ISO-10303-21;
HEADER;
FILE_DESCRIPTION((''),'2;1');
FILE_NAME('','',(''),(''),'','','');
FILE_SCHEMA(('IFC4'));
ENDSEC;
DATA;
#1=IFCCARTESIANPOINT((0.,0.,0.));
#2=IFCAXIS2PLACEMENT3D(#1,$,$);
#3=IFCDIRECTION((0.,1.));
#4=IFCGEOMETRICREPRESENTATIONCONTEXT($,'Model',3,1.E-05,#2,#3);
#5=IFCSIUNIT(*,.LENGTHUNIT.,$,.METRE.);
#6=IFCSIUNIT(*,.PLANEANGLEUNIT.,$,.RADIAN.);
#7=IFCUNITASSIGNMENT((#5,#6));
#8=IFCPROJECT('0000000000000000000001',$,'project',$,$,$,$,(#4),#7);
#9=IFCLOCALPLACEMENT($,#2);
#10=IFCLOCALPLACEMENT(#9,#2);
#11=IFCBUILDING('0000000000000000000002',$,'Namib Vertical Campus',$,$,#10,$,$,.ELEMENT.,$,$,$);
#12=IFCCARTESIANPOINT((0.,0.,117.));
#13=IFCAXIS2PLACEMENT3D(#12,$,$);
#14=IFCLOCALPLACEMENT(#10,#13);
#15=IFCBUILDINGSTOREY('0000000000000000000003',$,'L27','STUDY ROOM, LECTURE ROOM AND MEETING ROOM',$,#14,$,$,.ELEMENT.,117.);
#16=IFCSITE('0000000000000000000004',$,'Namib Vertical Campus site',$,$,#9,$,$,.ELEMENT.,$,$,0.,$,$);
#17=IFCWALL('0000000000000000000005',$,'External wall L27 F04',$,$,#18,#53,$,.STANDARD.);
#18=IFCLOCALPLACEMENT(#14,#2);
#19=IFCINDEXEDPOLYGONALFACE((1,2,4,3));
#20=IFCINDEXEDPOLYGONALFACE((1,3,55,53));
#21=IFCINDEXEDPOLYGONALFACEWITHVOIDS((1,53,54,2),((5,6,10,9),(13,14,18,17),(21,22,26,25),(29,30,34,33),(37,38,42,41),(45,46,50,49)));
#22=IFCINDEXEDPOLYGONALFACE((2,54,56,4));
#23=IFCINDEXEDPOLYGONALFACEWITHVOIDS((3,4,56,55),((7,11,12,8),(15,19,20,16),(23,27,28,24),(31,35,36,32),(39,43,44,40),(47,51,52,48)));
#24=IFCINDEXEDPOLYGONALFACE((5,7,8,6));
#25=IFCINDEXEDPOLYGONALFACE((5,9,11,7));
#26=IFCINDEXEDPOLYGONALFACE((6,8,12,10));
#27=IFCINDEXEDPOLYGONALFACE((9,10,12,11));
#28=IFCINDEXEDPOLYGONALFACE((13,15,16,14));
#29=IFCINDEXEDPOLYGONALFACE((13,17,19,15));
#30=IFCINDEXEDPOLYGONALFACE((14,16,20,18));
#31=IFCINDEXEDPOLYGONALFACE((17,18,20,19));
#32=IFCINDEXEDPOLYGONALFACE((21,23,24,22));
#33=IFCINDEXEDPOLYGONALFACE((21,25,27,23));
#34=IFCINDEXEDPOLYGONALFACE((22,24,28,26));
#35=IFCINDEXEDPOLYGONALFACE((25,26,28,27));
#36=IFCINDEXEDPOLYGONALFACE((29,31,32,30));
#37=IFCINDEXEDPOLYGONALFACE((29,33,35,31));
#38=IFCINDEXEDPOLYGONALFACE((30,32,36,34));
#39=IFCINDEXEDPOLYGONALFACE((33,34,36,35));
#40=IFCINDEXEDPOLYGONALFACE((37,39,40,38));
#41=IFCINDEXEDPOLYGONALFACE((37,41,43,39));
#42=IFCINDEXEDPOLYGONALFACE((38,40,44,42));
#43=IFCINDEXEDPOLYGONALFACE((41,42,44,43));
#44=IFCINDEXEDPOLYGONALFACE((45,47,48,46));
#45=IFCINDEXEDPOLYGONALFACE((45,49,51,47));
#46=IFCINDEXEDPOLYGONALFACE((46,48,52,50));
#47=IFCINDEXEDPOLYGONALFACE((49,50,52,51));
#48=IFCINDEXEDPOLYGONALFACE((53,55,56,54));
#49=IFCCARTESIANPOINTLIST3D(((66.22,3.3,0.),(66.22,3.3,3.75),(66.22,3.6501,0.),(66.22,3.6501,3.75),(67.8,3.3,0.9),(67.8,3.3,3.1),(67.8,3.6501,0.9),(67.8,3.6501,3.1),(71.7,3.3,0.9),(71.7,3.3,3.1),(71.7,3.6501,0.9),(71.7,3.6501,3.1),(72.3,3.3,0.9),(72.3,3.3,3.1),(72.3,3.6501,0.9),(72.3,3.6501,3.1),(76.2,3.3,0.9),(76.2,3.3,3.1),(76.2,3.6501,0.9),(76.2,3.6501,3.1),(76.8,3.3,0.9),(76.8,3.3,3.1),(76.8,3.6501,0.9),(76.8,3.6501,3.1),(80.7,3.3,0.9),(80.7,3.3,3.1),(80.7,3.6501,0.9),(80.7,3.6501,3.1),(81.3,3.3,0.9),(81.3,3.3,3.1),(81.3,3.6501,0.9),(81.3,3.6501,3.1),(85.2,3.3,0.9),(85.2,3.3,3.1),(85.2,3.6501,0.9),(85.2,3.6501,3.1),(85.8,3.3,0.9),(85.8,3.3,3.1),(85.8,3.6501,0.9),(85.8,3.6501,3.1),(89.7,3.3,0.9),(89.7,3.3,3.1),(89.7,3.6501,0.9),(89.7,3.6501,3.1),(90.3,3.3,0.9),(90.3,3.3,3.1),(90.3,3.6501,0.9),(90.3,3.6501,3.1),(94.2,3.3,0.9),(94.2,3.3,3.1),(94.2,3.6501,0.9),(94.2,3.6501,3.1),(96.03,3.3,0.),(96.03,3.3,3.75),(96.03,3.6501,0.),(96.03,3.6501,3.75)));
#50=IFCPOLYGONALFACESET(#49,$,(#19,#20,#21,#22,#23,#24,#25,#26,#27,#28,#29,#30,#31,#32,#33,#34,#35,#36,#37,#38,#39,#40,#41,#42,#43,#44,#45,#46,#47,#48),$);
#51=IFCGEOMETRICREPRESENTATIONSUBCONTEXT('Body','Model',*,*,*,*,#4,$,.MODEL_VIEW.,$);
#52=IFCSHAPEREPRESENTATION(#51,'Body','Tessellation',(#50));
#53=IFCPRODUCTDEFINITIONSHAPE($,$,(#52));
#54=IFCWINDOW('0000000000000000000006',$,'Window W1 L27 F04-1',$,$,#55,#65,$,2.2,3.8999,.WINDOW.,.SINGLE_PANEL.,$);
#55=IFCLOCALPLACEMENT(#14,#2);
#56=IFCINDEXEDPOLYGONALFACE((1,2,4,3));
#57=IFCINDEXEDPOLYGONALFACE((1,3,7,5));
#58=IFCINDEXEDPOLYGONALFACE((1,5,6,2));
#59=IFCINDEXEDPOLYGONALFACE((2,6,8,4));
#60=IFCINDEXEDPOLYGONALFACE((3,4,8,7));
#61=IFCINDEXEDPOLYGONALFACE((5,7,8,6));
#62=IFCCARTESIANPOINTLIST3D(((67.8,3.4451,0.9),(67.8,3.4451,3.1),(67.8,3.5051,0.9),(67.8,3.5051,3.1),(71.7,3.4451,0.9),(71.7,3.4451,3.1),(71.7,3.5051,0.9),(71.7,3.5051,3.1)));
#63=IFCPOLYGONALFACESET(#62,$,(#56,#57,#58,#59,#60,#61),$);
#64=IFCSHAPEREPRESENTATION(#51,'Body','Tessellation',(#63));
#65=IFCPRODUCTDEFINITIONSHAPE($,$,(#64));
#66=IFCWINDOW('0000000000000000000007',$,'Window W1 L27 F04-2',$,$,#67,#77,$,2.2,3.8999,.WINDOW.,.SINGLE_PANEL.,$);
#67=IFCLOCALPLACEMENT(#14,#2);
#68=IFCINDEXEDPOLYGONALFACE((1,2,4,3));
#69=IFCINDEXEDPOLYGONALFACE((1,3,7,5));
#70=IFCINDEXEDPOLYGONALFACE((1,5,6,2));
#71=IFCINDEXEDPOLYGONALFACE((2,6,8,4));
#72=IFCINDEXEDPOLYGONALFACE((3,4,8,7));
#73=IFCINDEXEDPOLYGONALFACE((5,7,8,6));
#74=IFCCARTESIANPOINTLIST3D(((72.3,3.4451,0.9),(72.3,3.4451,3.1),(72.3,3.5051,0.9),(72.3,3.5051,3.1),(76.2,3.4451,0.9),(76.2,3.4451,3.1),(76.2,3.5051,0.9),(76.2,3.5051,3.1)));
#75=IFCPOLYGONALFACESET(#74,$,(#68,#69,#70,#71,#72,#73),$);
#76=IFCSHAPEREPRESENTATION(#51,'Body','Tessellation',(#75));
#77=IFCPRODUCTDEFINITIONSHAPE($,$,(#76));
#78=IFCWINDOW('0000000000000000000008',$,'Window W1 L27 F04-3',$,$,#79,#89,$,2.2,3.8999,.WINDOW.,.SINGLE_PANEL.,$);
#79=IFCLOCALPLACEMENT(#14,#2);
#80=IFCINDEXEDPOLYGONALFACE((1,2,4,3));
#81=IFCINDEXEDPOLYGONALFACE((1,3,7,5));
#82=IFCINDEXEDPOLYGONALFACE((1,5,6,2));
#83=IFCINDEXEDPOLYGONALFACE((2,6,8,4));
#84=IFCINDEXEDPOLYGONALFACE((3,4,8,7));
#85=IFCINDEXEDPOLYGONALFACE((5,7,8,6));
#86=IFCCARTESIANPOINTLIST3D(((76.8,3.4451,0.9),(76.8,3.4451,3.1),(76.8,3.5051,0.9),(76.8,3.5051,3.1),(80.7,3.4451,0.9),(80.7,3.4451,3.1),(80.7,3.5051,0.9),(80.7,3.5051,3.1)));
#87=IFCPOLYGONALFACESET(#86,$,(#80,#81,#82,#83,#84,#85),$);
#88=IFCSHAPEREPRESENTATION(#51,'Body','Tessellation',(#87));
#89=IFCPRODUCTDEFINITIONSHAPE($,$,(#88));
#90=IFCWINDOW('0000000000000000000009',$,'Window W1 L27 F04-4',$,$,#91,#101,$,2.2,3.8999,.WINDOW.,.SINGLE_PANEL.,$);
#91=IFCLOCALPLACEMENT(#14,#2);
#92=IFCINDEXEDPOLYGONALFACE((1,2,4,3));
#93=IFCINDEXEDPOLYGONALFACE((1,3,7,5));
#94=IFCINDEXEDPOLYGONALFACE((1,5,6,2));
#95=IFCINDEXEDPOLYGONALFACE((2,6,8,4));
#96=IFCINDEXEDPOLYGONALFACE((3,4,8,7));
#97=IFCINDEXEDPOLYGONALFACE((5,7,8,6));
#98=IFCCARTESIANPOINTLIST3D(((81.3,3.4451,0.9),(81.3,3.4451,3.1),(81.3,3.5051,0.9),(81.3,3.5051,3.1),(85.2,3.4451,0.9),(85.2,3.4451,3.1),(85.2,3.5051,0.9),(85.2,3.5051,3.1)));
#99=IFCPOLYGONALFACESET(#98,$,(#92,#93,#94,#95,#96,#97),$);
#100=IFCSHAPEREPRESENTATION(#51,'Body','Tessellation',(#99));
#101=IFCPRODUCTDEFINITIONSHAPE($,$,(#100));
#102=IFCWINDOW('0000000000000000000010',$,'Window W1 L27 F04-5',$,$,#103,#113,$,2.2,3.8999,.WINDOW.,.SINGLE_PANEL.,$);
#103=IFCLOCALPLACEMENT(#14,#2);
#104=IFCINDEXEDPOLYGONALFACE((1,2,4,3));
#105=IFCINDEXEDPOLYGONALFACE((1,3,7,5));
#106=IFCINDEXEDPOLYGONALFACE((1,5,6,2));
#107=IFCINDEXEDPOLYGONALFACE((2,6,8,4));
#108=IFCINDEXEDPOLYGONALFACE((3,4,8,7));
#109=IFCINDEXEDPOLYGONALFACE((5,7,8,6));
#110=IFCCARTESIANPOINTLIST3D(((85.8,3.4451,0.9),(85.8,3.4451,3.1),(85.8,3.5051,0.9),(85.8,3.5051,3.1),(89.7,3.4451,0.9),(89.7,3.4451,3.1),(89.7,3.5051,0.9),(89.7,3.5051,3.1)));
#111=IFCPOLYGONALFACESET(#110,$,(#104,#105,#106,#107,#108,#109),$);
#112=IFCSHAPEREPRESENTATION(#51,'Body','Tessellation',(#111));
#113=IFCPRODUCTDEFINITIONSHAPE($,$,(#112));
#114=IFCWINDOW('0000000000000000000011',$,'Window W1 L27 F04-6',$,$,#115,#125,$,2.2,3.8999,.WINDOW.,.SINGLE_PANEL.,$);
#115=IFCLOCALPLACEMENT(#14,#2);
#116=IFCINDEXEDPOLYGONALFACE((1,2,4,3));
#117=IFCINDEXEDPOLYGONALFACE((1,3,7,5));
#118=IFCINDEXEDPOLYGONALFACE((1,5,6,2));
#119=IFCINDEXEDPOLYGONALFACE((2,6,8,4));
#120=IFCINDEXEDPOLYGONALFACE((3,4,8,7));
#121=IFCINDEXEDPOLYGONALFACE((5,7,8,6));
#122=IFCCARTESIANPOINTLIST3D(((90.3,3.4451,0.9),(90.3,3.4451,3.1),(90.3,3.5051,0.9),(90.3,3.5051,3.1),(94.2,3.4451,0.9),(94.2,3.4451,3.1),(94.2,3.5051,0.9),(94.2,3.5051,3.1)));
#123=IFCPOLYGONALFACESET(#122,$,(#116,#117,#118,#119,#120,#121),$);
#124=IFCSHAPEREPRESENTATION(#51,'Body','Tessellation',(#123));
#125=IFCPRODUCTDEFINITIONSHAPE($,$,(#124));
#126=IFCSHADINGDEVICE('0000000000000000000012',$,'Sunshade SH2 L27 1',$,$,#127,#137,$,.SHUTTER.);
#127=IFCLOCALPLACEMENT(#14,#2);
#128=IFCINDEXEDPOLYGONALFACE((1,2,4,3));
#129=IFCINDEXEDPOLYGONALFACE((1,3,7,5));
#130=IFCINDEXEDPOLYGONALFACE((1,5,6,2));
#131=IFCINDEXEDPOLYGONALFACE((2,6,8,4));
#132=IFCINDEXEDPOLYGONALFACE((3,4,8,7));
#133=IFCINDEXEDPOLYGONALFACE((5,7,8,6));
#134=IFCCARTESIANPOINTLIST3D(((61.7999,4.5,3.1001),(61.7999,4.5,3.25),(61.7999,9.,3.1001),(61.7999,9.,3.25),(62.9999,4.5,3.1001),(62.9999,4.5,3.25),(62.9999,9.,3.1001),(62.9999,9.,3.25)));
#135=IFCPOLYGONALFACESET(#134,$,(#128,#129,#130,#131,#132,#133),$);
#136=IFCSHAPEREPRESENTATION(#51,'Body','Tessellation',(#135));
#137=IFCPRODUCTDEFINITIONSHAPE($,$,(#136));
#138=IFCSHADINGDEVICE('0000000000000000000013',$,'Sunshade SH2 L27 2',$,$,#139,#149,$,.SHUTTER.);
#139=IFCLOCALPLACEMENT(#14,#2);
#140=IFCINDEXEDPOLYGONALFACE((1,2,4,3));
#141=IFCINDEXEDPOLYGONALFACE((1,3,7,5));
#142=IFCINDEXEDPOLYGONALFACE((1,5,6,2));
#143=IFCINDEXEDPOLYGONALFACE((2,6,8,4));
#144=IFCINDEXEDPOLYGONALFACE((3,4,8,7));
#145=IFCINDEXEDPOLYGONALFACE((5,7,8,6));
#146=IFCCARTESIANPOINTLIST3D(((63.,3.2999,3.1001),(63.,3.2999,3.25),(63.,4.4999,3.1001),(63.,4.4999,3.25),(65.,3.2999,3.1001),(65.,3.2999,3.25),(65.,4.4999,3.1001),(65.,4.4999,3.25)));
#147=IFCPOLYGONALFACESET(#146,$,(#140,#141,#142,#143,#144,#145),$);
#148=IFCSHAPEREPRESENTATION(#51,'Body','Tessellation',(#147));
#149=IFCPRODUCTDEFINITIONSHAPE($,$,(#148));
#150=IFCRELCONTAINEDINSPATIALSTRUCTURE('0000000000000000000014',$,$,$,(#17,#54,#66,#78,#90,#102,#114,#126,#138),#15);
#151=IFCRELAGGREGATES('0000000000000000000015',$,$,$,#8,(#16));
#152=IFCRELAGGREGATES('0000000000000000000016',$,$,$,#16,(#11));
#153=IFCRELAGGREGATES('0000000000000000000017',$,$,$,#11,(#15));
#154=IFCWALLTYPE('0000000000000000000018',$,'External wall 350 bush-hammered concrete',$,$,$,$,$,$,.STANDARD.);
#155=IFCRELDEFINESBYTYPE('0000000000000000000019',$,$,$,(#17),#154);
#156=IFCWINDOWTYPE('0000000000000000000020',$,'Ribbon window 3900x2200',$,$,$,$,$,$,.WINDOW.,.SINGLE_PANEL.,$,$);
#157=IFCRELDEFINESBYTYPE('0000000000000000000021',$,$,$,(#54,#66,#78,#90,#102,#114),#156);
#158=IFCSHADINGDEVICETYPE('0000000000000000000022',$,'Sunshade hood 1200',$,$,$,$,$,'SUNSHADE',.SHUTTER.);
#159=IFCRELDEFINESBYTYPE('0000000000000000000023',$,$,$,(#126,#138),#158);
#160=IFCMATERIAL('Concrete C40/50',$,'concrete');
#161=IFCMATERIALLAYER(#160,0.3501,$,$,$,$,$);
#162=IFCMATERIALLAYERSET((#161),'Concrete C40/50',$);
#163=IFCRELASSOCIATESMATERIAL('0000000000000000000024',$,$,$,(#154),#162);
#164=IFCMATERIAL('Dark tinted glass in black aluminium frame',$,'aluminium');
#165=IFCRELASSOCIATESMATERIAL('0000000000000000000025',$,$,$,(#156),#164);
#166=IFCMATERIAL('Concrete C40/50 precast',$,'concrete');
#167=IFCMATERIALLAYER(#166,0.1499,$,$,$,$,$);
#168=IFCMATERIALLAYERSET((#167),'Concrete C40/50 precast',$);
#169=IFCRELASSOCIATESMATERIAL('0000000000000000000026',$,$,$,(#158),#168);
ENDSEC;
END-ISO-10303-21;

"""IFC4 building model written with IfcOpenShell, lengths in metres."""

from ifc_helpers import new_model, si_unit, direction, frame, frame_2d, origin, origin_2d, place, context, subcontext, project, spatial, rectangle, extrude, material, layer, layer_set, type_object, element, fill, save


model = new_model("IFC4")

# Units and contexts
model_context = context("Model", 3, precision=1e-05, world=origin(), true_north=direction((0.0, 1.0)))
body_context = subcontext(model_context, "Body", "Model", "MODEL_VIEW")
ifc_project = project(units=[si_unit("LENGTHUNIT", "METRE"), si_unit("PLANEANGLEUNIT", "RADIAN")], contexts=[model_context])

# Site, building, storey
site_placement = place(None, origin())
site = spatial("IfcSite", under=ifc_project, at=site_placement, Name="Namib Vertical Campus site", CompositionType="ELEMENT", RefElevation=0.0)
building_placement = place(site_placement, origin())
building = spatial("IfcBuilding", under=site, at=building_placement, Name="Namib Vertical Campus", CompositionType="ELEMENT")
storey_placement = place(building_placement, frame((0.0, 0.0, 117.0)))
storey = spatial("IfcBuildingStorey", under=building, at=storey_placement, Name="L27", Description="STUDY ROOM, LECTURE ROOM AND MEETING ROOM", CompositionType="ELEMENT", Elevation=117.0)

# Shared definitions
ifc_material_1 = material(Name="Concrete C40/50", Category="concrete")
ifc_layer_1 = layer(ifc_material_1, 0.3501)
ifc_layer_set_1 = layer_set([ifc_layer_1], Name="Concrete C40/50")
wall_type = type_object("IfcWallType", Name="External wall 350 bush-hammered concrete", PredefinedType="STANDARD", material=ifc_layer_set_1)

# Wall, openings, windows
wall_1_placement = place(storey_placement, frame((66.22, 3.4751, 0.0), z_axis=(0.0, 0.0, 1.0), x_axis=(1.0, 0.0, 0.0)))
wall_1 = element("IfcWall", 1, at=wall_1_placement, inside=storey, type_object=wall_type, Name="External wall L27 F04", PredefinedType="STANDARD", context=body_context, shape_type="SweptSolid", body=[
    extrude(rectangle(XDim=29.8101, YDim=0.3501, at=frame_2d((14.905, 0.0))), origin(), (0.0, 0.0, 1.0), 3.75),
])
opening_1_placement = place(wall_1_placement, frame((1.5801, 0.0, 0.8999)))
opening_1 = element("IfcOpeningElement", 2, at=opening_1_placement, cuts=wall_1, PredefinedType="OPENING", context=body_context, shape_type="SweptSolid", body=[
    extrude(rectangle(XDim=3.8999, YDim=2.2, at=frame_2d((1.95, 1.1001))), frame((0.0, 0.1851, 0.0), z_axis=(0.0, -1.0, 0.0), x_axis=(1.0, 0.0, 0.0)), (0.0, 0.0, 1.0), 0.3701),
])
opening_2_placement = place(wall_1_placement, frame((6.0801, 0.0, 0.8999)))
opening_2 = element("IfcOpeningElement", 3, at=opening_2_placement, cuts=wall_1, PredefinedType="OPENING", context=body_context, shape_type="SweptSolid", body=[
    extrude(rectangle(XDim=3.8999, YDim=2.2, at=frame_2d((1.95, 1.1001))), frame((0.0, 0.1851, 0.0), z_axis=(0.0, -1.0, 0.0), x_axis=(1.0, 0.0, 0.0)), (0.0, 0.0, 1.0), 0.3701),
])
opening_3_placement = place(wall_1_placement, frame((10.5801, 0.0, 0.8999)))
opening_3 = element("IfcOpeningElement", 4, at=opening_3_placement, cuts=wall_1, PredefinedType="OPENING", context=body_context, shape_type="SweptSolid", body=[
    extrude(rectangle(XDim=3.8999, YDim=2.2, at=frame_2d((1.95, 1.1001))), frame((0.0, 0.1851, 0.0), z_axis=(0.0, -1.0, 0.0), x_axis=(1.0, 0.0, 0.0)), (0.0, 0.0, 1.0), 0.3701),
])
opening_4_placement = place(wall_1_placement, frame((15.0801, 0.0, 0.8999)))
opening_4 = element("IfcOpeningElement", 5, at=opening_4_placement, cuts=wall_1, PredefinedType="OPENING", context=body_context, shape_type="SweptSolid", body=[
    extrude(rectangle(XDim=3.8999, YDim=2.2, at=frame_2d((1.95, 1.1001))), frame((0.0, 0.1851, 0.0), z_axis=(0.0, -1.0, 0.0), x_axis=(1.0, 0.0, 0.0)), (0.0, 0.0, 1.0), 0.3701),
])
opening_5_placement = place(wall_1_placement, frame((19.5801, 0.0, 0.8999)))
opening_5 = element("IfcOpeningElement", 6, at=opening_5_placement, cuts=wall_1, PredefinedType="OPENING", context=body_context, shape_type="SweptSolid", body=[
    extrude(rectangle(XDim=3.8999, YDim=2.2, at=frame_2d((1.95, 1.1001))), frame((0.0, 0.1851, 0.0), z_axis=(0.0, -1.0, 0.0), x_axis=(1.0, 0.0, 0.0)), (0.0, 0.0, 1.0), 0.3701),
])
opening_6_placement = place(wall_1_placement, frame((24.0801, 0.0, 0.8999)))
opening_6 = element("IfcOpeningElement", 7, at=opening_6_placement, cuts=wall_1, PredefinedType="OPENING", context=body_context, shape_type="SweptSolid", body=[
    extrude(rectangle(XDim=3.8999, YDim=2.2, at=frame_2d((1.95, 1.1001))), frame((0.0, 0.1851, 0.0), z_axis=(0.0, -1.0, 0.0), x_axis=(1.0, 0.0, 0.0)), (0.0, 0.0, 1.0), 0.3701),
])
ifc_material_2 = material(Name="Dark tinted glass in black aluminium frame", Category="aluminium")
window_type = type_object("IfcWindowType", Name="Ribbon window 3900x2200", PartitioningType="SINGLE_PANEL", PredefinedType="WINDOW", material=ifc_material_2)
window_1_placement = place(opening_1_placement, origin())
window_1 = element("IfcWindow", 8, at=window_1_placement, inside=storey, type_object=window_type, Name="Window W1 L27 F04-1", OverallHeight=2.2, OverallWidth=3.8999, PartitioningType="SINGLE_PANEL", PredefinedType="WINDOW", context=body_context, shape_type="SweptSolid", body=[
    extrude(rectangle(XDim=3.8999, YDim=2.2, at=frame_2d((1.95, 1.1001))), frame((0.0, 0.03, 0.0), z_axis=(0.0, -1.0, 0.0), x_axis=(1.0, 0.0, 0.0)), (0.0, 0.0, 1.0), 0.0601),
])
fill(opening_1, window_1)
window_2_placement = place(opening_2_placement, origin())
window_2 = element("IfcWindow", 9, at=window_2_placement, inside=storey, type_object=window_type, Name="Window W1 L27 F04-2", OverallHeight=2.2, OverallWidth=3.8999, PartitioningType="SINGLE_PANEL", PredefinedType="WINDOW", context=body_context, shape_type="SweptSolid", body=[
    extrude(rectangle(XDim=3.8999, YDim=2.2, at=frame_2d((1.95, 1.1001))), frame((0.0, 0.03, 0.0), z_axis=(0.0, -1.0, 0.0), x_axis=(1.0, 0.0, 0.0)), (0.0, 0.0, 1.0), 0.0601),
])
fill(opening_2, window_2)
window_3_placement = place(opening_3_placement, origin())
window_3 = element("IfcWindow", 10, at=window_3_placement, inside=storey, type_object=window_type, Name="Window W1 L27 F04-3", OverallHeight=2.2, OverallWidth=3.8999, PartitioningType="SINGLE_PANEL", PredefinedType="WINDOW", context=body_context, shape_type="SweptSolid", body=[
    extrude(rectangle(XDim=3.8999, YDim=2.2, at=frame_2d((1.95, 1.1001))), frame((0.0, 0.03, 0.0), z_axis=(0.0, -1.0, 0.0), x_axis=(1.0, 0.0, 0.0)), (0.0, 0.0, 1.0), 0.0601),
])
fill(opening_3, window_3)
window_4_placement = place(opening_4_placement, origin())
window_4 = element("IfcWindow", 11, at=window_4_placement, inside=storey, type_object=window_type, Name="Window W1 L27 F04-4", OverallHeight=2.2, OverallWidth=3.8999, PartitioningType="SINGLE_PANEL", PredefinedType="WINDOW", context=body_context, shape_type="SweptSolid", body=[
    extrude(rectangle(XDim=3.8999, YDim=2.2, at=frame_2d((1.95, 1.1001))), frame((0.0, 0.03, 0.0), z_axis=(0.0, -1.0, 0.0), x_axis=(1.0, 0.0, 0.0)), (0.0, 0.0, 1.0), 0.0601),
])
fill(opening_4, window_4)
window_5_placement = place(opening_5_placement, origin())
window_5 = element("IfcWindow", 12, at=window_5_placement, inside=storey, type_object=window_type, Name="Window W1 L27 F04-5", OverallHeight=2.2, OverallWidth=3.8999, PartitioningType="SINGLE_PANEL", PredefinedType="WINDOW", context=body_context, shape_type="SweptSolid", body=[
    extrude(rectangle(XDim=3.8999, YDim=2.2, at=frame_2d((1.95, 1.1001))), frame((0.0, 0.03, 0.0), z_axis=(0.0, -1.0, 0.0), x_axis=(1.0, 0.0, 0.0)), (0.0, 0.0, 1.0), 0.0601),
])
fill(opening_5, window_5)
window_6_placement = place(opening_6_placement, origin())
window_6 = element("IfcWindow", 13, at=window_6_placement, inside=storey, type_object=window_type, Name="Window W1 L27 F04-6", OverallHeight=2.2, OverallWidth=3.8999, PartitioningType="SINGLE_PANEL", PredefinedType="WINDOW", context=body_context, shape_type="SweptSolid", body=[
    extrude(rectangle(XDim=3.8999, YDim=2.2, at=frame_2d((1.95, 1.1001))), frame((0.0, 0.03, 0.0), z_axis=(0.0, -1.0, 0.0), x_axis=(1.0, 0.0, 0.0)), (0.0, 0.0, 1.0), 0.0601),
])
fill(opening_6, window_6)

# Shading devices
ifc_material_3 = material(Name="Concrete C40/50 precast", Category="concrete")
ifc_layer_2 = layer(ifc_material_3, 0.1499)
ifc_layer_set_2 = layer_set([ifc_layer_2], Name="Concrete C40/50 precast")
shading_device_type = type_object("IfcShadingDeviceType", Name="Sunshade hood 1200", ElementType="SUNSHADE", PredefinedType="SHUTTER", material=ifc_layer_set_2)
shading_device_1_placement = place(storey_placement, frame((62.3999, 6.75, 3.1001), z_axis=(0.0, 0.0, 1.0), x_axis=(0.0, -1.0, 0.0)))
element("IfcShadingDevice", 14, at=shading_device_1_placement, inside=storey, type_object=shading_device_type, Name="Sunshade SH2 L27 1", PredefinedType="SHUTTER", context=body_context, shape_type="SweptSolid", body=[
    extrude(rectangle(XDim=4.5, YDim=1.2, at=origin_2d()), origin(), (0.0, 0.0, 1.0), 0.1499),
])
shading_device_2_placement = place(storey_placement, frame((64.0, 3.8999, 3.1001), z_axis=(0.0, 0.0, 1.0), x_axis=(1.0, 0.0, 0.0)))
element("IfcShadingDevice", 15, at=shading_device_2_placement, inside=storey, type_object=shading_device_type, Name="Sunshade SH2 L27 2", PredefinedType="SHUTTER", context=body_context, shape_type="SweptSolid", body=[
    extrude(rectangle(XDim=2.0, YDim=1.2, at=origin_2d()), origin(), (0.0, 0.0, 1.0), 0.1499),
])

save(model, "model.ifc")
